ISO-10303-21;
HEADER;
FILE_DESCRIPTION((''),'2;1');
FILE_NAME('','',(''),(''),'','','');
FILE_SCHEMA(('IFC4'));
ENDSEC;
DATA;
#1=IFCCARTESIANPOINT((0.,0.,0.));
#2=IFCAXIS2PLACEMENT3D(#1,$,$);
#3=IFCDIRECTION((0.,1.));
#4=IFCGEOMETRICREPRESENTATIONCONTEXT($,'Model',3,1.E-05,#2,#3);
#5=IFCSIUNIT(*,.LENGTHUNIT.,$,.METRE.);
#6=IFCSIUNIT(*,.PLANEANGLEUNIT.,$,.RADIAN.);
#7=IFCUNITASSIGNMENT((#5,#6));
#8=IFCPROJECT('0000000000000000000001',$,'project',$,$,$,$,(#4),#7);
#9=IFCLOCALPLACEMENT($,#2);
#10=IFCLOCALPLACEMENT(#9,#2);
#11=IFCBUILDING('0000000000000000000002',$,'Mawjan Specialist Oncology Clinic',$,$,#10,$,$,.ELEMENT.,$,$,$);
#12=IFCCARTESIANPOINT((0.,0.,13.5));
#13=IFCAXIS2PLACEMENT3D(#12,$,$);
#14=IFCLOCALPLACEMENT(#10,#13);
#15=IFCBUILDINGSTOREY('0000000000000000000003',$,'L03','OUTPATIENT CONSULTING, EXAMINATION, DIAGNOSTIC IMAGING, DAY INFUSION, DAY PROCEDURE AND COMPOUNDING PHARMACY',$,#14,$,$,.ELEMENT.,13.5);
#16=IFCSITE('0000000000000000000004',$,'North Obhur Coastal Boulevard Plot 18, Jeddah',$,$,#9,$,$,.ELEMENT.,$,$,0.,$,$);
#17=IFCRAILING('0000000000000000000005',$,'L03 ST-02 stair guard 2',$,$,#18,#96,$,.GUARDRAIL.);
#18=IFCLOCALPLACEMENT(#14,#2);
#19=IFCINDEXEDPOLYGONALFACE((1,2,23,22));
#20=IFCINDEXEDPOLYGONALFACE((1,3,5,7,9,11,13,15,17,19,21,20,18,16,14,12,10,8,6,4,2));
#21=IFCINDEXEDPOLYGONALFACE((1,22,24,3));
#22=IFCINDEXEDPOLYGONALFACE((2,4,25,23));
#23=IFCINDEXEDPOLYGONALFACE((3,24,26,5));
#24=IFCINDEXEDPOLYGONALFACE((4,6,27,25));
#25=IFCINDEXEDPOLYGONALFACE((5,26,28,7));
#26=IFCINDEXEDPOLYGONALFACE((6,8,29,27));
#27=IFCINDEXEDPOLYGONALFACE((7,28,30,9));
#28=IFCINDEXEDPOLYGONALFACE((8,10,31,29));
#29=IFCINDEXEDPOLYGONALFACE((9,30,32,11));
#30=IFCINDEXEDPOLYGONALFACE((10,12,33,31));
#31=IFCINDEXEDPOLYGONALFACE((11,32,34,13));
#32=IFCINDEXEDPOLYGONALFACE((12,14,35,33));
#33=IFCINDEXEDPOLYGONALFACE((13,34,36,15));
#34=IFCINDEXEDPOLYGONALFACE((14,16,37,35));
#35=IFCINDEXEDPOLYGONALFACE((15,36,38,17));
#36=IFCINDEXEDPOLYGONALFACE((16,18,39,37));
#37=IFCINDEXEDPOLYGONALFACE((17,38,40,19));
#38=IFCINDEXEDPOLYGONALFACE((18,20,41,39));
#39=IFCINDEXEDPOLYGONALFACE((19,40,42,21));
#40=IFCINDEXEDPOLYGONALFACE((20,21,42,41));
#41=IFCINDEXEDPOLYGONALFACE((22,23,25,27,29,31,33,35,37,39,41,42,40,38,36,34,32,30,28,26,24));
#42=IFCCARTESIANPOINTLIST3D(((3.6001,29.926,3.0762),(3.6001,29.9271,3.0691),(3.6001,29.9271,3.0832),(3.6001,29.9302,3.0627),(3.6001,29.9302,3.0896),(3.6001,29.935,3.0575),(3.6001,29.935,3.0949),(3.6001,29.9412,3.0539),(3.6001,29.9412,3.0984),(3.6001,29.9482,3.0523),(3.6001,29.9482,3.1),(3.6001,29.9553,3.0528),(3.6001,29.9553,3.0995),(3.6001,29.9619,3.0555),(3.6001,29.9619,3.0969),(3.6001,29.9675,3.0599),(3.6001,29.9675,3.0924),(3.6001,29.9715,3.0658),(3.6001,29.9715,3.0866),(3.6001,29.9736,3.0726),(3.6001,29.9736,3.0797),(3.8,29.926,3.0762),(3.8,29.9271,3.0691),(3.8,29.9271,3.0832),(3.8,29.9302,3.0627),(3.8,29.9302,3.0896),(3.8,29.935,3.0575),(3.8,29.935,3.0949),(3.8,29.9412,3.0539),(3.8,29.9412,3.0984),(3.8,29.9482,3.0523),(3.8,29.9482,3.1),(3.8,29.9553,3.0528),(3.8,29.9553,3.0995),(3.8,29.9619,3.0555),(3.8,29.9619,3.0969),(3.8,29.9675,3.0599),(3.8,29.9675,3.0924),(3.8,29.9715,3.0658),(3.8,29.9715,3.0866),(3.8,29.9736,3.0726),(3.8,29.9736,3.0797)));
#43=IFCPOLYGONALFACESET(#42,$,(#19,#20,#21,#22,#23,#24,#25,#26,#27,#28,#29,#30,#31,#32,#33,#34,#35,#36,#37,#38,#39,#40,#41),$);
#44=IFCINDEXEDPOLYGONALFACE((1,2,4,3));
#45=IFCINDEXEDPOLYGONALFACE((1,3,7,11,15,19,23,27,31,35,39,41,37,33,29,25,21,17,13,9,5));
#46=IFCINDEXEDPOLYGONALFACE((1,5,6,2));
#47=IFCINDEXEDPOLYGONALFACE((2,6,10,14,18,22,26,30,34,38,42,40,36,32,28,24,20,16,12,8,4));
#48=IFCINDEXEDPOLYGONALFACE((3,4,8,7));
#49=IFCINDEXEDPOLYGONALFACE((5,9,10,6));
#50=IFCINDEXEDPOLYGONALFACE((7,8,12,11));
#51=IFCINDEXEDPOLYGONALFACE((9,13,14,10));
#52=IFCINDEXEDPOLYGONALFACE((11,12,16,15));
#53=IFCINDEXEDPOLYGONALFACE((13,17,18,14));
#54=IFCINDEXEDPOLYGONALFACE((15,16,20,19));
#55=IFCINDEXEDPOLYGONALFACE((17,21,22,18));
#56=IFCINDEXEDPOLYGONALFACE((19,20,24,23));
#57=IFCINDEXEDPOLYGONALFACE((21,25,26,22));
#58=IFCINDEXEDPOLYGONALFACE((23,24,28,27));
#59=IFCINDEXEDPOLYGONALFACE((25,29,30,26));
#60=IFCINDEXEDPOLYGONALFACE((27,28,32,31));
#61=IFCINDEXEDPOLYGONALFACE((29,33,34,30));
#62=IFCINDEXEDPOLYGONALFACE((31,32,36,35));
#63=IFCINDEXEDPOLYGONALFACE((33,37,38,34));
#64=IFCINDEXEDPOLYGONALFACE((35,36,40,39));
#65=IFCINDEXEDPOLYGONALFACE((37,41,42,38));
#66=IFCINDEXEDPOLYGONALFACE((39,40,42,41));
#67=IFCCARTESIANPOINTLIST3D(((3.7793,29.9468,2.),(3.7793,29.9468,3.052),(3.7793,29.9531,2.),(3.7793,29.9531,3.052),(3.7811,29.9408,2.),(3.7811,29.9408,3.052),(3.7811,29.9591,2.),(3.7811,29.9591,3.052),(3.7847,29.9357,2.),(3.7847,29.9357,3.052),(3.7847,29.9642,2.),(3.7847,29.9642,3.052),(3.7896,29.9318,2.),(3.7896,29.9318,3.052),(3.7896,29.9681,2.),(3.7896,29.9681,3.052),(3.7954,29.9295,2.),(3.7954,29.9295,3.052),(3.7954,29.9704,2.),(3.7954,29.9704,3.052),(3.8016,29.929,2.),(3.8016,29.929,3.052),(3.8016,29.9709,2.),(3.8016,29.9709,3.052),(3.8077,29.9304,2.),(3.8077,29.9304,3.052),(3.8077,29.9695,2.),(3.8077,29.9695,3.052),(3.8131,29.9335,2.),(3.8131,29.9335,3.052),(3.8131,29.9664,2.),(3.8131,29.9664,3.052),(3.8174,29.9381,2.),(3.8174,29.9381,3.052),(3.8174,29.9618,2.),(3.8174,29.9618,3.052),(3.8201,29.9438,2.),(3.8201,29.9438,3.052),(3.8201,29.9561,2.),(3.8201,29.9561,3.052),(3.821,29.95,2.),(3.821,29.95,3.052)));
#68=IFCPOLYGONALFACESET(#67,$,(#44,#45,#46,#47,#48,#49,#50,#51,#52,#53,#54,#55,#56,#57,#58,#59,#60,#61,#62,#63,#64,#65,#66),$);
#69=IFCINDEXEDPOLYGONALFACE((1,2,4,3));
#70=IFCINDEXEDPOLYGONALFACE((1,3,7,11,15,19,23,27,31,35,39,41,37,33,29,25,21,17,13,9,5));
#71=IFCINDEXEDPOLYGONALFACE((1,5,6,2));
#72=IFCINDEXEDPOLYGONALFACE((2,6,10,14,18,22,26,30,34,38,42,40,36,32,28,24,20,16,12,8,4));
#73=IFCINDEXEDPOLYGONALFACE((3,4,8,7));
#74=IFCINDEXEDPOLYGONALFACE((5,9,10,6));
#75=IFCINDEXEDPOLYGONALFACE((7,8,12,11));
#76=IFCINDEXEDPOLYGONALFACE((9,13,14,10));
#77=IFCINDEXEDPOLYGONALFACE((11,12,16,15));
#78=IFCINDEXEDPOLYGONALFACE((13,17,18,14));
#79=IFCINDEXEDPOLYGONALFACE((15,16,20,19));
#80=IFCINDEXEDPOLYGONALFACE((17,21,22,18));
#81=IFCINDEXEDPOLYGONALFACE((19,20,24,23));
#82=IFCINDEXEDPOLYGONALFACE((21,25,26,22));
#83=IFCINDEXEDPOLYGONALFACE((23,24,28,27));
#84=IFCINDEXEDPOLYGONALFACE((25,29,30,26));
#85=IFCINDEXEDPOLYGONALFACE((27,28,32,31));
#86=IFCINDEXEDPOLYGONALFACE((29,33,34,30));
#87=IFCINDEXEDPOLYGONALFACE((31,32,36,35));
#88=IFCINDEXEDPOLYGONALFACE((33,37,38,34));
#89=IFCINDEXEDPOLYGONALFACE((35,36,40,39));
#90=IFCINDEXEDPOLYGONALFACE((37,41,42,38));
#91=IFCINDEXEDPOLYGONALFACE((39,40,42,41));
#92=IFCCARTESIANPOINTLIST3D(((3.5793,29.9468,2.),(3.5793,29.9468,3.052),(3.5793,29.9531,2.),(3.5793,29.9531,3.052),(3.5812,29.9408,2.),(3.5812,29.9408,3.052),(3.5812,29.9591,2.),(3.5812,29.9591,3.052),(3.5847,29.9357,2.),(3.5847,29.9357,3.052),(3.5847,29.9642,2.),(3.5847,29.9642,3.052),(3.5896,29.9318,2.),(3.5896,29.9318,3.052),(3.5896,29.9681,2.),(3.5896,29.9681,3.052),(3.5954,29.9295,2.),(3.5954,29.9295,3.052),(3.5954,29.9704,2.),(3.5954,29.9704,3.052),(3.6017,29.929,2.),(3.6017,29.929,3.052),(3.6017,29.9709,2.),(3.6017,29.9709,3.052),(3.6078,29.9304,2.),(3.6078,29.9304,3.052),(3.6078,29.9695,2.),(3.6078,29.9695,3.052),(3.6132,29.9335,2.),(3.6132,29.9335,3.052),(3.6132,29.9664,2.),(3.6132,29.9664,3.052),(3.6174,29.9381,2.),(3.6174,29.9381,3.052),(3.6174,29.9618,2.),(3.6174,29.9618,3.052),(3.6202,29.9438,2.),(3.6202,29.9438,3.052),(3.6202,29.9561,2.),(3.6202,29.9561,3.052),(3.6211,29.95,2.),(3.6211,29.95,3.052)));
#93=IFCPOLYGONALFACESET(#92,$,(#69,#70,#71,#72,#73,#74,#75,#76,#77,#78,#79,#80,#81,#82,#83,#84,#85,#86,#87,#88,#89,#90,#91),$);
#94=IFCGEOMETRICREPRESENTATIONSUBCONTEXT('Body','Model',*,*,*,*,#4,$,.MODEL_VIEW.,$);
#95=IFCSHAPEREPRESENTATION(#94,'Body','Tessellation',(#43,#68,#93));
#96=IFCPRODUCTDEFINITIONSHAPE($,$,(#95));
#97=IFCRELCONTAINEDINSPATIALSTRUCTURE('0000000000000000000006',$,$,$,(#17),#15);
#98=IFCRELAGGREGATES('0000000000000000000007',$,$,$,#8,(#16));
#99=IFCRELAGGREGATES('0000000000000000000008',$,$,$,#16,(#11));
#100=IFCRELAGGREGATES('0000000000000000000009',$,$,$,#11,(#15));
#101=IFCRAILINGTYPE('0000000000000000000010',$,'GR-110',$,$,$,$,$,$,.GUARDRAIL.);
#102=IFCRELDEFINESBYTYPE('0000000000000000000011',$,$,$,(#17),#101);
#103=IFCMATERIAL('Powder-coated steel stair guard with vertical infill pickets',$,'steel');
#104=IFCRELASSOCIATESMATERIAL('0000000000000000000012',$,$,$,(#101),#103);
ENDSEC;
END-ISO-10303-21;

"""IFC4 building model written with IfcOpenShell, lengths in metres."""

from ifc_helpers import new_model, si_unit, direction, frame, origin, origin_2d, place, context, subcontext, project, spatial, circle, extrude, material, type_object, element, save


model = new_model("IFC4")

# Units and contexts
model_context = context("Model", 3, precision=1e-05, world=origin(), true_north=direction((0.0, 1.0)))
body_context = subcontext(model_context, "Body", "Model", "MODEL_VIEW")
ifc_project = project(units=[si_unit("LENGTHUNIT", "METRE"), si_unit("PLANEANGLEUNIT", "RADIAN")], contexts=[model_context])

# Site, building, storey
site_placement = place(None, origin())
site = spatial("IfcSite", under=ifc_project, at=site_placement, Name="North Obhur Coastal Boulevard Plot 18, Jeddah", CompositionType="ELEMENT", RefElevation=0.0)
building_placement = place(site_placement, origin())
building = spatial("IfcBuilding", under=site, at=building_placement, Name="Mawjan Specialist Oncology Clinic", CompositionType="ELEMENT")
storey_placement = place(building_placement, frame((0.0, 0.0, 13.5)))
storey = spatial("IfcBuildingStorey", under=building, at=storey_placement, Name="L03", Description="OUTPATIENT CONSULTING, EXAMINATION, DIAGNOSTIC IMAGING, DAY INFUSION, DAY PROCEDURE AND COMPOUNDING PHARMACY", CompositionType="ELEMENT", Elevation=13.5)

# Railing
ifc_material_1 = material(Name="Powder-coated steel stair guard with vertical infill pickets", Category="steel")
railing_type_1 = type_object("IfcRailingType", Name="GR-110", PredefinedType="GUARDRAIL", material=ifc_material_1)
railing_1_placement = place(storey_placement, frame((3.8, 29.95, 2.0)))
element("IfcRailing", 1, at=railing_1_placement, inside=storey, type_object=railing_type_1, Name="L03 ST-02 stair guard 2", PredefinedType="GUARDRAIL", context=body_context, shape_type="SweptSolid", body=[
    extrude(circle(Radius=0.0239, at=origin_2d()), frame((0.0, 0.0, 1.0762), z_axis=(-1.0, 0.0, 0.0), x_axis=(0.0, -1.0, 0.0)), (0.0, 0.0, 1.0), 0.2),
    extrude(circle(Radius=0.021, at=origin_2d()), origin(), (0.0, 0.0, 1.0), 1.052),
    extrude(circle(Radius=0.021, at=origin_2d()), frame((-0.2, 0.0, 0.0)), (0.0, 0.0, 1.0), 1.052),
])

save(model, "model.ifc")
